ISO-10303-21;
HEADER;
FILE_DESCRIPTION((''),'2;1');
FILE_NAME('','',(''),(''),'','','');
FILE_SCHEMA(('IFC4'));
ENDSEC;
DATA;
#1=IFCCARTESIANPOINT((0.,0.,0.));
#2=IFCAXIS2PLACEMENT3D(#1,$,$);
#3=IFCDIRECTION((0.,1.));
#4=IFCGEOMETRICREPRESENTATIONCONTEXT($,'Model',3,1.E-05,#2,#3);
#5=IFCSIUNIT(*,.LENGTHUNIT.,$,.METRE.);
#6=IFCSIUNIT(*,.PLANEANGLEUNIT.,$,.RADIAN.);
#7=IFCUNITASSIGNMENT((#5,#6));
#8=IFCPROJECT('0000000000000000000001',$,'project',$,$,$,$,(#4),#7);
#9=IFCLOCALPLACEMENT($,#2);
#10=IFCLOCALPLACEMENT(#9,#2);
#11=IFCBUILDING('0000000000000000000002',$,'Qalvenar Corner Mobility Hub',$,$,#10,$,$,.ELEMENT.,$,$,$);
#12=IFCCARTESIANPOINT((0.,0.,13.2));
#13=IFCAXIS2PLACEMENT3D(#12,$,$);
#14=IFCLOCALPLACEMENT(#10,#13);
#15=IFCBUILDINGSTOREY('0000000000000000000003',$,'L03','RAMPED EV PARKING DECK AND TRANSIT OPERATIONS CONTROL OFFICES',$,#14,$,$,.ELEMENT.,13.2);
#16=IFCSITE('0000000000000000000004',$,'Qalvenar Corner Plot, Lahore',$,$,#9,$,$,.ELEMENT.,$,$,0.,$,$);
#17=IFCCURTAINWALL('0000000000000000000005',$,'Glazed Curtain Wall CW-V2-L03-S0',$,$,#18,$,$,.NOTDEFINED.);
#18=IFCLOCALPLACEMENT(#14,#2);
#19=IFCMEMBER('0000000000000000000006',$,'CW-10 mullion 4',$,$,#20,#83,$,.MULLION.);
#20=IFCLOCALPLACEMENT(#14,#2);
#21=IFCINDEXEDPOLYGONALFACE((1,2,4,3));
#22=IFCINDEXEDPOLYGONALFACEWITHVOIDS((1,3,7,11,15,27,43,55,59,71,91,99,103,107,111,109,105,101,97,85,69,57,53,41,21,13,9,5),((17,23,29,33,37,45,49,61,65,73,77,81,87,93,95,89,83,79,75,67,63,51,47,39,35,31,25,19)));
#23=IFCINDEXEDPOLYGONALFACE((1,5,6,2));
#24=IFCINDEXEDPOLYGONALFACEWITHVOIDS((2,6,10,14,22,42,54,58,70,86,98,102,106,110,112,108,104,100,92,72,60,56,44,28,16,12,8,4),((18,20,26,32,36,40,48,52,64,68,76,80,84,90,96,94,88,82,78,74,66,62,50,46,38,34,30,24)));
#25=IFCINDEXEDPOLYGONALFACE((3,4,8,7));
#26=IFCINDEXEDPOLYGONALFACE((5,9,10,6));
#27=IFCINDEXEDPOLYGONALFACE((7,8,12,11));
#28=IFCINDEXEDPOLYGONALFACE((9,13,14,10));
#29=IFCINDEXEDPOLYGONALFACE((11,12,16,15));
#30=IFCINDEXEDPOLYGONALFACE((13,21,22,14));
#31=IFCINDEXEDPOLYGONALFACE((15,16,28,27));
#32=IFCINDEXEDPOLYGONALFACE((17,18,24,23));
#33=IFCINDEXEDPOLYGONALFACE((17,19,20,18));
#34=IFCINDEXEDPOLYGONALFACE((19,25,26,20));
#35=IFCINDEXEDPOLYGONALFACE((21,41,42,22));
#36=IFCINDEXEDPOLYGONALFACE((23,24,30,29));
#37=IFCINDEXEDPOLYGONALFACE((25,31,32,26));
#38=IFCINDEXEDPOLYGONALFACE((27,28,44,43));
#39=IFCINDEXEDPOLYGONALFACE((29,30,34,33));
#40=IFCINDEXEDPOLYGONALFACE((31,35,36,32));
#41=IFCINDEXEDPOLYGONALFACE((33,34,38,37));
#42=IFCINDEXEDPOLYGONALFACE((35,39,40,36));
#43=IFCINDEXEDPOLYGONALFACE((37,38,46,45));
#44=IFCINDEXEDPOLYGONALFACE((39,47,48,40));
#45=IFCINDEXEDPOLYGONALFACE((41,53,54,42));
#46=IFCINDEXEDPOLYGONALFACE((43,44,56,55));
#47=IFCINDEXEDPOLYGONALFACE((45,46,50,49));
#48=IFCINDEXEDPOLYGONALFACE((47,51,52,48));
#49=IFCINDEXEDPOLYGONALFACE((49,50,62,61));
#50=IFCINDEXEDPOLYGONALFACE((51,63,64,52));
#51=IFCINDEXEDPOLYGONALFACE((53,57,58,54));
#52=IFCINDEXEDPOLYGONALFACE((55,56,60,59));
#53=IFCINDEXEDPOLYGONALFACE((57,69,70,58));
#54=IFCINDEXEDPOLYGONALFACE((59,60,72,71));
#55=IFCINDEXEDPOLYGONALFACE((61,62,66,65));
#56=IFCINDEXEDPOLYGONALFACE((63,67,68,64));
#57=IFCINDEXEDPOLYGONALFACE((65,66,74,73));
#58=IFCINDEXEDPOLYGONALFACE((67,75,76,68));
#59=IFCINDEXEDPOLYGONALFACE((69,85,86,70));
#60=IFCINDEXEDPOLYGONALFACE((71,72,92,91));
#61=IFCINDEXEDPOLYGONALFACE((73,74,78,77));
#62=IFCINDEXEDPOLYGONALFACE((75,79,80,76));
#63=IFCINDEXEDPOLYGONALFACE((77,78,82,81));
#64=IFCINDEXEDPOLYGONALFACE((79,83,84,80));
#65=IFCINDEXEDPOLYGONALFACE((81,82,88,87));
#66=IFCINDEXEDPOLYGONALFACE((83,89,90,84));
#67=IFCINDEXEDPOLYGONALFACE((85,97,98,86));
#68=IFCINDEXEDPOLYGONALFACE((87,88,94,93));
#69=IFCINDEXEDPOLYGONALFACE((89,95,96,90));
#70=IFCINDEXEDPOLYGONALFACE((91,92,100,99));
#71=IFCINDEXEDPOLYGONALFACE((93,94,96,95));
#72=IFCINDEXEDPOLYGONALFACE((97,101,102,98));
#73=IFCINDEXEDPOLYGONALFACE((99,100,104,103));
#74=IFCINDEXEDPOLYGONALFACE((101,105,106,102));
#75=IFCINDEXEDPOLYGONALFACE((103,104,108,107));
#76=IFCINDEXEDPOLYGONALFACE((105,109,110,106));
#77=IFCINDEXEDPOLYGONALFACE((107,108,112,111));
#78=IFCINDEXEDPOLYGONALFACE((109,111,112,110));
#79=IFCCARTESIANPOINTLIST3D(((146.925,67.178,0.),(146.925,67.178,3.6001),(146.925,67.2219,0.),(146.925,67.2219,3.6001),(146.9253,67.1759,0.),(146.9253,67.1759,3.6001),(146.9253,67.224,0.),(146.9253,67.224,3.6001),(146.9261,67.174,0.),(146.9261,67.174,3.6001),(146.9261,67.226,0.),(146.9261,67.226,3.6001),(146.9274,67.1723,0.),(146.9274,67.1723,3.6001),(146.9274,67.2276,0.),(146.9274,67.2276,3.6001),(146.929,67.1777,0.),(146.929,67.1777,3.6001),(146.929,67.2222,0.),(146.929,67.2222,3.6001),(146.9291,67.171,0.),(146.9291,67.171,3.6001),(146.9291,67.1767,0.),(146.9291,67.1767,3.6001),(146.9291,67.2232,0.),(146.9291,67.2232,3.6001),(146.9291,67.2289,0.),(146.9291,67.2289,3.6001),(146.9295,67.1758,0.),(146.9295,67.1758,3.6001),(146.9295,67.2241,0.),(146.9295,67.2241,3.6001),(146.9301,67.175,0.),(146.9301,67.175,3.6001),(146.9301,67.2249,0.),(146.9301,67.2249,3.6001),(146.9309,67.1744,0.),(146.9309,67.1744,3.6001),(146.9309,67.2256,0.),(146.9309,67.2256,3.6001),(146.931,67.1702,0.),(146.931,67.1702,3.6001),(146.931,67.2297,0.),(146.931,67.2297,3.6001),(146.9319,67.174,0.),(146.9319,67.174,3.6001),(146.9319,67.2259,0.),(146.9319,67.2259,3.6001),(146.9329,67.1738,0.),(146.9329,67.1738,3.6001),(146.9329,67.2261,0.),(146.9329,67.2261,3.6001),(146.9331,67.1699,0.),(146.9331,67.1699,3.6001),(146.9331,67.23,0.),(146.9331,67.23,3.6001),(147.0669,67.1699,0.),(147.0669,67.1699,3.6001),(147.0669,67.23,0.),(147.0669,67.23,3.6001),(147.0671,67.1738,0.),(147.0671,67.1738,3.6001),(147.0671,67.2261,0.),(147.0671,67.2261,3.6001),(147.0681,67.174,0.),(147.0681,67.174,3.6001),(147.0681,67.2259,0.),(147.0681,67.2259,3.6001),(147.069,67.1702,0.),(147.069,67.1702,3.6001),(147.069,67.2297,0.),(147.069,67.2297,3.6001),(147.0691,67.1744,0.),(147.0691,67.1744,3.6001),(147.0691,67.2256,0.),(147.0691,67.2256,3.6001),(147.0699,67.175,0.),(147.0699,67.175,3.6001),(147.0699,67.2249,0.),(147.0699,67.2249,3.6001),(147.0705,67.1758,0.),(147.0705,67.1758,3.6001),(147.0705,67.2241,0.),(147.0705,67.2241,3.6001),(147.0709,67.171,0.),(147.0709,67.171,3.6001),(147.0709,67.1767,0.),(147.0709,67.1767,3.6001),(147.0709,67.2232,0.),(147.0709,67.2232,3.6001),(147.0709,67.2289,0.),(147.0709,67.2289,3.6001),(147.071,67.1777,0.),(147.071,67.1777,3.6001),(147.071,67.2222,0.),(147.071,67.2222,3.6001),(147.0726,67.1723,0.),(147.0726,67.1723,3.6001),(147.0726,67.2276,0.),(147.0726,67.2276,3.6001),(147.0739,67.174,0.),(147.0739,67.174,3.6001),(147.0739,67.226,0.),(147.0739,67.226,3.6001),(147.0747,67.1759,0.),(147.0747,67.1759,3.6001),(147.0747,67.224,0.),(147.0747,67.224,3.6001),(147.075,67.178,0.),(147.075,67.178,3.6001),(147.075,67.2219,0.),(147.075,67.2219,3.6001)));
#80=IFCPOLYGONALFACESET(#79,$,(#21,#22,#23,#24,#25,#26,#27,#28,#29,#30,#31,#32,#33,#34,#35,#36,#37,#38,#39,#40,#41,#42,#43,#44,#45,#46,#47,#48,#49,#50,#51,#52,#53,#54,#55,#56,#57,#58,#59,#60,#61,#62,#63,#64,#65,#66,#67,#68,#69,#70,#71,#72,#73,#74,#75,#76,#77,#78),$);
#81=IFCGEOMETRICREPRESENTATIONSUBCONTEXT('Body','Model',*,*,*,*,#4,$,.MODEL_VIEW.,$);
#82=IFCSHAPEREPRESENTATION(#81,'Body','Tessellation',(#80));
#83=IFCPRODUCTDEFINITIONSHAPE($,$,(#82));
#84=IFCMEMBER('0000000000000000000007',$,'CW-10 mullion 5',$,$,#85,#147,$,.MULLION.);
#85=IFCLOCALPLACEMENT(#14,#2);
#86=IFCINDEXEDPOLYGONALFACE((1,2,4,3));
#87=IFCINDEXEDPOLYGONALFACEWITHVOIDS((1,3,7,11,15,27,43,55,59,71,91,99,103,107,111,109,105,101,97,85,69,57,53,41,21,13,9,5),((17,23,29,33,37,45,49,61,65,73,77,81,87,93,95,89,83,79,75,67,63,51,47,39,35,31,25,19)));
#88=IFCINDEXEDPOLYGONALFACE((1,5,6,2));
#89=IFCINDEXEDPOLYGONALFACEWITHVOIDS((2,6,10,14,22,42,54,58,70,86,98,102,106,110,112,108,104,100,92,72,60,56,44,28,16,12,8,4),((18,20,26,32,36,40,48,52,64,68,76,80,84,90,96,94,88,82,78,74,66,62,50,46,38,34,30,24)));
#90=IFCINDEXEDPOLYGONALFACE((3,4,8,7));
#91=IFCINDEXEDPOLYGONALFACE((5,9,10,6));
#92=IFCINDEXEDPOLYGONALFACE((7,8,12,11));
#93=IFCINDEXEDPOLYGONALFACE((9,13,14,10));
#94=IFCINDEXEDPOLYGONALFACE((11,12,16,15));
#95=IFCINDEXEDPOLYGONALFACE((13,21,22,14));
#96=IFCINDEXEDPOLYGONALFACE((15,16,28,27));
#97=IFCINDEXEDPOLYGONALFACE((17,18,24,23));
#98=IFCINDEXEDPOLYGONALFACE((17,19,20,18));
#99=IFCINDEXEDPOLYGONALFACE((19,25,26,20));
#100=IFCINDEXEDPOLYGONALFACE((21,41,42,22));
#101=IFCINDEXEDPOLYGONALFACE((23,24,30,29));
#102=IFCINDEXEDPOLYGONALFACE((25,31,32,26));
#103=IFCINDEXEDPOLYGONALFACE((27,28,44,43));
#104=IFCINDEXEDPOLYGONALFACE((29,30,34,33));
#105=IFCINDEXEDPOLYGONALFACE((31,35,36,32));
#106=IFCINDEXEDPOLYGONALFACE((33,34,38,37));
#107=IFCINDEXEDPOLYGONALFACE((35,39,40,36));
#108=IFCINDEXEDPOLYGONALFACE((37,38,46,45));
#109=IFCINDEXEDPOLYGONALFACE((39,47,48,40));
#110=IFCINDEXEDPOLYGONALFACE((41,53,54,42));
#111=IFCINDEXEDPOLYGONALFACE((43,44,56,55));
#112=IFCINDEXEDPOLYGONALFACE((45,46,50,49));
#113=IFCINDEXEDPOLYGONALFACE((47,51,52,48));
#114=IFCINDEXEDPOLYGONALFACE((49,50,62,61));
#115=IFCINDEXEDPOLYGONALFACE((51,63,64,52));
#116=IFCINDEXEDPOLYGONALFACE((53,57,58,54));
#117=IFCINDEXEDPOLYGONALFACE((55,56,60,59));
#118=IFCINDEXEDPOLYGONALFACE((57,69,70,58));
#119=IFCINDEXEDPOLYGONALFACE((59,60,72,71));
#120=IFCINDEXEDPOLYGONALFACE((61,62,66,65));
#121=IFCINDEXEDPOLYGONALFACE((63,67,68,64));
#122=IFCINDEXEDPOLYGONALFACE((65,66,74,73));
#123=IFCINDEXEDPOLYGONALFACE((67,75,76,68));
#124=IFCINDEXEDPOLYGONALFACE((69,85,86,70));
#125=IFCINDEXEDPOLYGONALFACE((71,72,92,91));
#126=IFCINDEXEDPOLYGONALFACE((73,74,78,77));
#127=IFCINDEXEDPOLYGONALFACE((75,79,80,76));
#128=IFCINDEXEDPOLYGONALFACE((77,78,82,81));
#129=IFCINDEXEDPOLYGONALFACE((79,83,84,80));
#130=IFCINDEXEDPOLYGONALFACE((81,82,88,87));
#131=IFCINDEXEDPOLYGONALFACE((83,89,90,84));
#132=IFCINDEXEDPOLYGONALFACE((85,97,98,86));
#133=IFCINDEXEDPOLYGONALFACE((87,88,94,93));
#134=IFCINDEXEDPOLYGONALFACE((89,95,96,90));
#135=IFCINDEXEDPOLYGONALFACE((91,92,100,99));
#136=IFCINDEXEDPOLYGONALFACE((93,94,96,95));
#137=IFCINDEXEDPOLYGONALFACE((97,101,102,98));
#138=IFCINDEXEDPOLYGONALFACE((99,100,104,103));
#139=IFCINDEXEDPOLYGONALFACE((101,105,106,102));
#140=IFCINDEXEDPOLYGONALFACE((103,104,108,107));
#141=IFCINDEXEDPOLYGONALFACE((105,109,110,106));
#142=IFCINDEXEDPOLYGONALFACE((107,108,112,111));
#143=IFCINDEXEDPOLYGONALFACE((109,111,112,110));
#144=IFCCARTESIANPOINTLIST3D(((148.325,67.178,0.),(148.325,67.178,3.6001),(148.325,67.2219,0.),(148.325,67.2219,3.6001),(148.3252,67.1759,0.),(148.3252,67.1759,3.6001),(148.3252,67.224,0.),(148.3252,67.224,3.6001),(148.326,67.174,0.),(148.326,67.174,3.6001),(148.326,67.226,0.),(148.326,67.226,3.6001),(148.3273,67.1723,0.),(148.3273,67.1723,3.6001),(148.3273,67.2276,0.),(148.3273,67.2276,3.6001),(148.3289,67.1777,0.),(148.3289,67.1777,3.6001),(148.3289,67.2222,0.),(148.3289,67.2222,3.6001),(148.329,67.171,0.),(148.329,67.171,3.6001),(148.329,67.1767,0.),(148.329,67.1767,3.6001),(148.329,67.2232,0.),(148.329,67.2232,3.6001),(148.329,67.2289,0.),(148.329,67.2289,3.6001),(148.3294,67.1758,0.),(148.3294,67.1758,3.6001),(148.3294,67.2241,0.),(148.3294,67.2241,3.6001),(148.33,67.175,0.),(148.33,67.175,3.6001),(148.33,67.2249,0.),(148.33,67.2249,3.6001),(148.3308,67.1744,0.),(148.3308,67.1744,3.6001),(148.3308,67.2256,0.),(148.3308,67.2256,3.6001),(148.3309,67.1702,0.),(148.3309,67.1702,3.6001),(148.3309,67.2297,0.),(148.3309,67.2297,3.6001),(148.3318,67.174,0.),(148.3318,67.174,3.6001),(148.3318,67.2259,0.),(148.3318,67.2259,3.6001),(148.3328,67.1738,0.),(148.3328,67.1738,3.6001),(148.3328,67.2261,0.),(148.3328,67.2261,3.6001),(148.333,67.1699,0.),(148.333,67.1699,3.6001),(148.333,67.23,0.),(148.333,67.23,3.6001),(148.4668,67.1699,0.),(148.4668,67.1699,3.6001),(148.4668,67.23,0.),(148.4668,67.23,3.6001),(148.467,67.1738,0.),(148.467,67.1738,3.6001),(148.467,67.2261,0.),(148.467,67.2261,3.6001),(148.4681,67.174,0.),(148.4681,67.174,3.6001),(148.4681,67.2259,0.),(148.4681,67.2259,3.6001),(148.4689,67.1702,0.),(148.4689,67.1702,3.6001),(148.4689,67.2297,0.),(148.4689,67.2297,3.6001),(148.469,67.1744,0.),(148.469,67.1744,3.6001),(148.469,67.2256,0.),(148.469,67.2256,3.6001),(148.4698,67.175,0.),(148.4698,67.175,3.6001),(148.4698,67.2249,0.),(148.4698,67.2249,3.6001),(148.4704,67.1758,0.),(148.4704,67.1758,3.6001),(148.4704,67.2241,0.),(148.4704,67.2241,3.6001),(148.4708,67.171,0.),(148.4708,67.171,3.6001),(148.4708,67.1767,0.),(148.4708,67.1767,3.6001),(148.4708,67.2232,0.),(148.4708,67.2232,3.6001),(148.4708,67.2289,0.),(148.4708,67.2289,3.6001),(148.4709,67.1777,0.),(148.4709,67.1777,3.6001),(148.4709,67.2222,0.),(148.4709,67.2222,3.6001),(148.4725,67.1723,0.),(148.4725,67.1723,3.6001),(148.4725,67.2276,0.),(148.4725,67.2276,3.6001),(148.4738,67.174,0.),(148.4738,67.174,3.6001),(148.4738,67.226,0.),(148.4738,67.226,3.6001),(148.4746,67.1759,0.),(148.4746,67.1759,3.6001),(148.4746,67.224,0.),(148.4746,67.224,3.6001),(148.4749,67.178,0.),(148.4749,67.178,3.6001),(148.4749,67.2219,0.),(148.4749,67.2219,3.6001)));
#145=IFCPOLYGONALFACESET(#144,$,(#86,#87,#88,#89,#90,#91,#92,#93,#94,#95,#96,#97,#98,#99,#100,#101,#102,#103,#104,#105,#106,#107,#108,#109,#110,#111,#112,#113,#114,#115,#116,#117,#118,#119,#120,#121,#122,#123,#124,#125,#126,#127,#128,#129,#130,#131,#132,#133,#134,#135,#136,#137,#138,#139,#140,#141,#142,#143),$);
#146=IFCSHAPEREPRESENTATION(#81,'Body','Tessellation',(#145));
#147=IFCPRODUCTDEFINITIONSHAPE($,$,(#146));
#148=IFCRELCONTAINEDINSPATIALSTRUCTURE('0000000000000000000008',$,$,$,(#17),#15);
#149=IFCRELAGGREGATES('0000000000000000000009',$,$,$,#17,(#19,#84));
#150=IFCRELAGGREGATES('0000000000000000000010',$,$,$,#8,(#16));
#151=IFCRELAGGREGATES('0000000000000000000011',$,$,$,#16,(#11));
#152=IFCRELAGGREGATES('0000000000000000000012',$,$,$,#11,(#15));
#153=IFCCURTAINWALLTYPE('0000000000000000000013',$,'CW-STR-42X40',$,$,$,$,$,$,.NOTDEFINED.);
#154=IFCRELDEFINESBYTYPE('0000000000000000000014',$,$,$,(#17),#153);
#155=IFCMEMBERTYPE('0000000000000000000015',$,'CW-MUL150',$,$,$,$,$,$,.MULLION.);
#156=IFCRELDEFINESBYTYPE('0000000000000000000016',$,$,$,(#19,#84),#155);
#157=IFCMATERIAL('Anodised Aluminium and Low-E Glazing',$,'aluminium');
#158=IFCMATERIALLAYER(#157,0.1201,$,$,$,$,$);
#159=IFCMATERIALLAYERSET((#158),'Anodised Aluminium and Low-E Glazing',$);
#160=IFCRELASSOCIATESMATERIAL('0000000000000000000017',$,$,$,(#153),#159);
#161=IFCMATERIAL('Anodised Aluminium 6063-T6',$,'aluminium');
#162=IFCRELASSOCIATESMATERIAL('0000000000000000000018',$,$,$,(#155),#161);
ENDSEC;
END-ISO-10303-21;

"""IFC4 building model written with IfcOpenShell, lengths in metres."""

from ifc_helpers import new_model, si_unit, direction, frame, origin, origin_2d, place, context, subcontext, project, spatial, hollow_rectangle, extrude, material, layer, layer_set, material_profile, profile_set, type_object, element, aggregate, save


model = new_model("IFC4")

# Units and contexts
model_context = context("Model", 3, precision=1e-05, world=origin(), true_north=direction((0.0, 1.0)))
body_context = subcontext(model_context, "Body", "Model", "MODEL_VIEW")
ifc_project = project(units=[si_unit("LENGTHUNIT", "METRE"), si_unit("PLANEANGLEUNIT", "RADIAN")], contexts=[model_context])

# Site, building, storey
site_placement = place(None, origin())
site = spatial("IfcSite", under=ifc_project, at=site_placement, Name="Qalvenar Corner Plot, Lahore", CompositionType="ELEMENT", RefElevation=0.0)
building_placement = place(site_placement, origin())
building = spatial("IfcBuilding", under=site, at=building_placement, Name="Qalvenar Corner Mobility Hub", CompositionType="ELEMENT")
storey_placement = place(building_placement, frame((0.0, 0.0, 13.2)))
storey = spatial("IfcBuildingStorey", under=building, at=storey_placement, Name="L03", Description="RAMPED EV PARKING DECK AND TRANSIT OPERATIONS CONTROL OFFICES", CompositionType="ELEMENT", Elevation=13.2)

# Curtain wall, members
ifc_material_1 = material(Name="Anodised Aluminium and Low-E Glazing", Category="aluminium")
ifc_layer_1 = layer(ifc_material_1, 0.1201)
ifc_layer_set_1 = layer_set([ifc_layer_1], Name="Anodised Aluminium and Low-E Glazing")
curtain_wall_type = type_object("IfcCurtainWallType", Name="CW-STR-42X40", PredefinedType="NOTDEFINED", material=ifc_layer_set_1)
curtain_wall_placement = place(storey_placement, origin())
curtain_wall = element("IfcCurtainWall", 1, at=curtain_wall_placement, inside=storey, type_object=curtain_wall_type, Name="Glazed Curtain Wall CW-V2-L03-S0", PredefinedType="NOTDEFINED")
ifc_material_2 = material(Name="Anodised Aluminium 6063-T6", Category="aluminium")
ifc_material_profile_1 = material_profile(ifc_material_2, hollow_rectangle(XDim=0.0601, YDim=0.1499, WallThickness=0.0039, InnerFilletRadius=0.0039, OuterFilletRadius=0.0081, at=origin_2d()), Name="RHS150x60x4")
ifc_profile_set_1 = profile_set([ifc_material_profile_1], Name="Anodised Aluminium 6063-T6")
member_type_1 = type_object("IfcMemberType", Name="CW-MUL150", PredefinedType="MULLION", material=ifc_profile_set_1)
member_1_placement = place(storey_placement, frame((147.0, 67.2, 0.0), z_axis=(0.0, 0.0, 1.0), x_axis=(0.0, 1.0, 0.0)))
member_1 = element("IfcMember", 2, at=member_1_placement, type_object=member_type_1, Name="CW-10 mullion 4", PredefinedType="MULLION", context=body_context, shape_type="SweptSolid", body=[
    extrude(hollow_rectangle(XDim=0.0601, YDim=0.1499, WallThickness=0.0039, InnerFilletRadius=0.0039, OuterFilletRadius=0.0081, at=origin_2d()), origin(), (0.0, 0.0, 1.0), 3.6001),
])
member_2_placement = place(storey_placement, frame((148.3999, 67.2, 0.0), z_axis=(0.0, 0.0, 1.0), x_axis=(0.0, 1.0, 0.0)))
member_2 = element("IfcMember", 3, at=member_2_placement, type_object=member_type_1, Name="CW-10 mullion 5", PredefinedType="MULLION", context=body_context, shape_type="SweptSolid", body=[
    extrude(hollow_rectangle(XDim=0.0601, YDim=0.1499, WallThickness=0.0039, InnerFilletRadius=0.0039, OuterFilletRadius=0.0081, at=origin_2d()), origin(), (0.0, 0.0, 1.0), 3.6001),
])
aggregate(curtain_wall, [member_1, member_2])

save(model, "model.ifc")
